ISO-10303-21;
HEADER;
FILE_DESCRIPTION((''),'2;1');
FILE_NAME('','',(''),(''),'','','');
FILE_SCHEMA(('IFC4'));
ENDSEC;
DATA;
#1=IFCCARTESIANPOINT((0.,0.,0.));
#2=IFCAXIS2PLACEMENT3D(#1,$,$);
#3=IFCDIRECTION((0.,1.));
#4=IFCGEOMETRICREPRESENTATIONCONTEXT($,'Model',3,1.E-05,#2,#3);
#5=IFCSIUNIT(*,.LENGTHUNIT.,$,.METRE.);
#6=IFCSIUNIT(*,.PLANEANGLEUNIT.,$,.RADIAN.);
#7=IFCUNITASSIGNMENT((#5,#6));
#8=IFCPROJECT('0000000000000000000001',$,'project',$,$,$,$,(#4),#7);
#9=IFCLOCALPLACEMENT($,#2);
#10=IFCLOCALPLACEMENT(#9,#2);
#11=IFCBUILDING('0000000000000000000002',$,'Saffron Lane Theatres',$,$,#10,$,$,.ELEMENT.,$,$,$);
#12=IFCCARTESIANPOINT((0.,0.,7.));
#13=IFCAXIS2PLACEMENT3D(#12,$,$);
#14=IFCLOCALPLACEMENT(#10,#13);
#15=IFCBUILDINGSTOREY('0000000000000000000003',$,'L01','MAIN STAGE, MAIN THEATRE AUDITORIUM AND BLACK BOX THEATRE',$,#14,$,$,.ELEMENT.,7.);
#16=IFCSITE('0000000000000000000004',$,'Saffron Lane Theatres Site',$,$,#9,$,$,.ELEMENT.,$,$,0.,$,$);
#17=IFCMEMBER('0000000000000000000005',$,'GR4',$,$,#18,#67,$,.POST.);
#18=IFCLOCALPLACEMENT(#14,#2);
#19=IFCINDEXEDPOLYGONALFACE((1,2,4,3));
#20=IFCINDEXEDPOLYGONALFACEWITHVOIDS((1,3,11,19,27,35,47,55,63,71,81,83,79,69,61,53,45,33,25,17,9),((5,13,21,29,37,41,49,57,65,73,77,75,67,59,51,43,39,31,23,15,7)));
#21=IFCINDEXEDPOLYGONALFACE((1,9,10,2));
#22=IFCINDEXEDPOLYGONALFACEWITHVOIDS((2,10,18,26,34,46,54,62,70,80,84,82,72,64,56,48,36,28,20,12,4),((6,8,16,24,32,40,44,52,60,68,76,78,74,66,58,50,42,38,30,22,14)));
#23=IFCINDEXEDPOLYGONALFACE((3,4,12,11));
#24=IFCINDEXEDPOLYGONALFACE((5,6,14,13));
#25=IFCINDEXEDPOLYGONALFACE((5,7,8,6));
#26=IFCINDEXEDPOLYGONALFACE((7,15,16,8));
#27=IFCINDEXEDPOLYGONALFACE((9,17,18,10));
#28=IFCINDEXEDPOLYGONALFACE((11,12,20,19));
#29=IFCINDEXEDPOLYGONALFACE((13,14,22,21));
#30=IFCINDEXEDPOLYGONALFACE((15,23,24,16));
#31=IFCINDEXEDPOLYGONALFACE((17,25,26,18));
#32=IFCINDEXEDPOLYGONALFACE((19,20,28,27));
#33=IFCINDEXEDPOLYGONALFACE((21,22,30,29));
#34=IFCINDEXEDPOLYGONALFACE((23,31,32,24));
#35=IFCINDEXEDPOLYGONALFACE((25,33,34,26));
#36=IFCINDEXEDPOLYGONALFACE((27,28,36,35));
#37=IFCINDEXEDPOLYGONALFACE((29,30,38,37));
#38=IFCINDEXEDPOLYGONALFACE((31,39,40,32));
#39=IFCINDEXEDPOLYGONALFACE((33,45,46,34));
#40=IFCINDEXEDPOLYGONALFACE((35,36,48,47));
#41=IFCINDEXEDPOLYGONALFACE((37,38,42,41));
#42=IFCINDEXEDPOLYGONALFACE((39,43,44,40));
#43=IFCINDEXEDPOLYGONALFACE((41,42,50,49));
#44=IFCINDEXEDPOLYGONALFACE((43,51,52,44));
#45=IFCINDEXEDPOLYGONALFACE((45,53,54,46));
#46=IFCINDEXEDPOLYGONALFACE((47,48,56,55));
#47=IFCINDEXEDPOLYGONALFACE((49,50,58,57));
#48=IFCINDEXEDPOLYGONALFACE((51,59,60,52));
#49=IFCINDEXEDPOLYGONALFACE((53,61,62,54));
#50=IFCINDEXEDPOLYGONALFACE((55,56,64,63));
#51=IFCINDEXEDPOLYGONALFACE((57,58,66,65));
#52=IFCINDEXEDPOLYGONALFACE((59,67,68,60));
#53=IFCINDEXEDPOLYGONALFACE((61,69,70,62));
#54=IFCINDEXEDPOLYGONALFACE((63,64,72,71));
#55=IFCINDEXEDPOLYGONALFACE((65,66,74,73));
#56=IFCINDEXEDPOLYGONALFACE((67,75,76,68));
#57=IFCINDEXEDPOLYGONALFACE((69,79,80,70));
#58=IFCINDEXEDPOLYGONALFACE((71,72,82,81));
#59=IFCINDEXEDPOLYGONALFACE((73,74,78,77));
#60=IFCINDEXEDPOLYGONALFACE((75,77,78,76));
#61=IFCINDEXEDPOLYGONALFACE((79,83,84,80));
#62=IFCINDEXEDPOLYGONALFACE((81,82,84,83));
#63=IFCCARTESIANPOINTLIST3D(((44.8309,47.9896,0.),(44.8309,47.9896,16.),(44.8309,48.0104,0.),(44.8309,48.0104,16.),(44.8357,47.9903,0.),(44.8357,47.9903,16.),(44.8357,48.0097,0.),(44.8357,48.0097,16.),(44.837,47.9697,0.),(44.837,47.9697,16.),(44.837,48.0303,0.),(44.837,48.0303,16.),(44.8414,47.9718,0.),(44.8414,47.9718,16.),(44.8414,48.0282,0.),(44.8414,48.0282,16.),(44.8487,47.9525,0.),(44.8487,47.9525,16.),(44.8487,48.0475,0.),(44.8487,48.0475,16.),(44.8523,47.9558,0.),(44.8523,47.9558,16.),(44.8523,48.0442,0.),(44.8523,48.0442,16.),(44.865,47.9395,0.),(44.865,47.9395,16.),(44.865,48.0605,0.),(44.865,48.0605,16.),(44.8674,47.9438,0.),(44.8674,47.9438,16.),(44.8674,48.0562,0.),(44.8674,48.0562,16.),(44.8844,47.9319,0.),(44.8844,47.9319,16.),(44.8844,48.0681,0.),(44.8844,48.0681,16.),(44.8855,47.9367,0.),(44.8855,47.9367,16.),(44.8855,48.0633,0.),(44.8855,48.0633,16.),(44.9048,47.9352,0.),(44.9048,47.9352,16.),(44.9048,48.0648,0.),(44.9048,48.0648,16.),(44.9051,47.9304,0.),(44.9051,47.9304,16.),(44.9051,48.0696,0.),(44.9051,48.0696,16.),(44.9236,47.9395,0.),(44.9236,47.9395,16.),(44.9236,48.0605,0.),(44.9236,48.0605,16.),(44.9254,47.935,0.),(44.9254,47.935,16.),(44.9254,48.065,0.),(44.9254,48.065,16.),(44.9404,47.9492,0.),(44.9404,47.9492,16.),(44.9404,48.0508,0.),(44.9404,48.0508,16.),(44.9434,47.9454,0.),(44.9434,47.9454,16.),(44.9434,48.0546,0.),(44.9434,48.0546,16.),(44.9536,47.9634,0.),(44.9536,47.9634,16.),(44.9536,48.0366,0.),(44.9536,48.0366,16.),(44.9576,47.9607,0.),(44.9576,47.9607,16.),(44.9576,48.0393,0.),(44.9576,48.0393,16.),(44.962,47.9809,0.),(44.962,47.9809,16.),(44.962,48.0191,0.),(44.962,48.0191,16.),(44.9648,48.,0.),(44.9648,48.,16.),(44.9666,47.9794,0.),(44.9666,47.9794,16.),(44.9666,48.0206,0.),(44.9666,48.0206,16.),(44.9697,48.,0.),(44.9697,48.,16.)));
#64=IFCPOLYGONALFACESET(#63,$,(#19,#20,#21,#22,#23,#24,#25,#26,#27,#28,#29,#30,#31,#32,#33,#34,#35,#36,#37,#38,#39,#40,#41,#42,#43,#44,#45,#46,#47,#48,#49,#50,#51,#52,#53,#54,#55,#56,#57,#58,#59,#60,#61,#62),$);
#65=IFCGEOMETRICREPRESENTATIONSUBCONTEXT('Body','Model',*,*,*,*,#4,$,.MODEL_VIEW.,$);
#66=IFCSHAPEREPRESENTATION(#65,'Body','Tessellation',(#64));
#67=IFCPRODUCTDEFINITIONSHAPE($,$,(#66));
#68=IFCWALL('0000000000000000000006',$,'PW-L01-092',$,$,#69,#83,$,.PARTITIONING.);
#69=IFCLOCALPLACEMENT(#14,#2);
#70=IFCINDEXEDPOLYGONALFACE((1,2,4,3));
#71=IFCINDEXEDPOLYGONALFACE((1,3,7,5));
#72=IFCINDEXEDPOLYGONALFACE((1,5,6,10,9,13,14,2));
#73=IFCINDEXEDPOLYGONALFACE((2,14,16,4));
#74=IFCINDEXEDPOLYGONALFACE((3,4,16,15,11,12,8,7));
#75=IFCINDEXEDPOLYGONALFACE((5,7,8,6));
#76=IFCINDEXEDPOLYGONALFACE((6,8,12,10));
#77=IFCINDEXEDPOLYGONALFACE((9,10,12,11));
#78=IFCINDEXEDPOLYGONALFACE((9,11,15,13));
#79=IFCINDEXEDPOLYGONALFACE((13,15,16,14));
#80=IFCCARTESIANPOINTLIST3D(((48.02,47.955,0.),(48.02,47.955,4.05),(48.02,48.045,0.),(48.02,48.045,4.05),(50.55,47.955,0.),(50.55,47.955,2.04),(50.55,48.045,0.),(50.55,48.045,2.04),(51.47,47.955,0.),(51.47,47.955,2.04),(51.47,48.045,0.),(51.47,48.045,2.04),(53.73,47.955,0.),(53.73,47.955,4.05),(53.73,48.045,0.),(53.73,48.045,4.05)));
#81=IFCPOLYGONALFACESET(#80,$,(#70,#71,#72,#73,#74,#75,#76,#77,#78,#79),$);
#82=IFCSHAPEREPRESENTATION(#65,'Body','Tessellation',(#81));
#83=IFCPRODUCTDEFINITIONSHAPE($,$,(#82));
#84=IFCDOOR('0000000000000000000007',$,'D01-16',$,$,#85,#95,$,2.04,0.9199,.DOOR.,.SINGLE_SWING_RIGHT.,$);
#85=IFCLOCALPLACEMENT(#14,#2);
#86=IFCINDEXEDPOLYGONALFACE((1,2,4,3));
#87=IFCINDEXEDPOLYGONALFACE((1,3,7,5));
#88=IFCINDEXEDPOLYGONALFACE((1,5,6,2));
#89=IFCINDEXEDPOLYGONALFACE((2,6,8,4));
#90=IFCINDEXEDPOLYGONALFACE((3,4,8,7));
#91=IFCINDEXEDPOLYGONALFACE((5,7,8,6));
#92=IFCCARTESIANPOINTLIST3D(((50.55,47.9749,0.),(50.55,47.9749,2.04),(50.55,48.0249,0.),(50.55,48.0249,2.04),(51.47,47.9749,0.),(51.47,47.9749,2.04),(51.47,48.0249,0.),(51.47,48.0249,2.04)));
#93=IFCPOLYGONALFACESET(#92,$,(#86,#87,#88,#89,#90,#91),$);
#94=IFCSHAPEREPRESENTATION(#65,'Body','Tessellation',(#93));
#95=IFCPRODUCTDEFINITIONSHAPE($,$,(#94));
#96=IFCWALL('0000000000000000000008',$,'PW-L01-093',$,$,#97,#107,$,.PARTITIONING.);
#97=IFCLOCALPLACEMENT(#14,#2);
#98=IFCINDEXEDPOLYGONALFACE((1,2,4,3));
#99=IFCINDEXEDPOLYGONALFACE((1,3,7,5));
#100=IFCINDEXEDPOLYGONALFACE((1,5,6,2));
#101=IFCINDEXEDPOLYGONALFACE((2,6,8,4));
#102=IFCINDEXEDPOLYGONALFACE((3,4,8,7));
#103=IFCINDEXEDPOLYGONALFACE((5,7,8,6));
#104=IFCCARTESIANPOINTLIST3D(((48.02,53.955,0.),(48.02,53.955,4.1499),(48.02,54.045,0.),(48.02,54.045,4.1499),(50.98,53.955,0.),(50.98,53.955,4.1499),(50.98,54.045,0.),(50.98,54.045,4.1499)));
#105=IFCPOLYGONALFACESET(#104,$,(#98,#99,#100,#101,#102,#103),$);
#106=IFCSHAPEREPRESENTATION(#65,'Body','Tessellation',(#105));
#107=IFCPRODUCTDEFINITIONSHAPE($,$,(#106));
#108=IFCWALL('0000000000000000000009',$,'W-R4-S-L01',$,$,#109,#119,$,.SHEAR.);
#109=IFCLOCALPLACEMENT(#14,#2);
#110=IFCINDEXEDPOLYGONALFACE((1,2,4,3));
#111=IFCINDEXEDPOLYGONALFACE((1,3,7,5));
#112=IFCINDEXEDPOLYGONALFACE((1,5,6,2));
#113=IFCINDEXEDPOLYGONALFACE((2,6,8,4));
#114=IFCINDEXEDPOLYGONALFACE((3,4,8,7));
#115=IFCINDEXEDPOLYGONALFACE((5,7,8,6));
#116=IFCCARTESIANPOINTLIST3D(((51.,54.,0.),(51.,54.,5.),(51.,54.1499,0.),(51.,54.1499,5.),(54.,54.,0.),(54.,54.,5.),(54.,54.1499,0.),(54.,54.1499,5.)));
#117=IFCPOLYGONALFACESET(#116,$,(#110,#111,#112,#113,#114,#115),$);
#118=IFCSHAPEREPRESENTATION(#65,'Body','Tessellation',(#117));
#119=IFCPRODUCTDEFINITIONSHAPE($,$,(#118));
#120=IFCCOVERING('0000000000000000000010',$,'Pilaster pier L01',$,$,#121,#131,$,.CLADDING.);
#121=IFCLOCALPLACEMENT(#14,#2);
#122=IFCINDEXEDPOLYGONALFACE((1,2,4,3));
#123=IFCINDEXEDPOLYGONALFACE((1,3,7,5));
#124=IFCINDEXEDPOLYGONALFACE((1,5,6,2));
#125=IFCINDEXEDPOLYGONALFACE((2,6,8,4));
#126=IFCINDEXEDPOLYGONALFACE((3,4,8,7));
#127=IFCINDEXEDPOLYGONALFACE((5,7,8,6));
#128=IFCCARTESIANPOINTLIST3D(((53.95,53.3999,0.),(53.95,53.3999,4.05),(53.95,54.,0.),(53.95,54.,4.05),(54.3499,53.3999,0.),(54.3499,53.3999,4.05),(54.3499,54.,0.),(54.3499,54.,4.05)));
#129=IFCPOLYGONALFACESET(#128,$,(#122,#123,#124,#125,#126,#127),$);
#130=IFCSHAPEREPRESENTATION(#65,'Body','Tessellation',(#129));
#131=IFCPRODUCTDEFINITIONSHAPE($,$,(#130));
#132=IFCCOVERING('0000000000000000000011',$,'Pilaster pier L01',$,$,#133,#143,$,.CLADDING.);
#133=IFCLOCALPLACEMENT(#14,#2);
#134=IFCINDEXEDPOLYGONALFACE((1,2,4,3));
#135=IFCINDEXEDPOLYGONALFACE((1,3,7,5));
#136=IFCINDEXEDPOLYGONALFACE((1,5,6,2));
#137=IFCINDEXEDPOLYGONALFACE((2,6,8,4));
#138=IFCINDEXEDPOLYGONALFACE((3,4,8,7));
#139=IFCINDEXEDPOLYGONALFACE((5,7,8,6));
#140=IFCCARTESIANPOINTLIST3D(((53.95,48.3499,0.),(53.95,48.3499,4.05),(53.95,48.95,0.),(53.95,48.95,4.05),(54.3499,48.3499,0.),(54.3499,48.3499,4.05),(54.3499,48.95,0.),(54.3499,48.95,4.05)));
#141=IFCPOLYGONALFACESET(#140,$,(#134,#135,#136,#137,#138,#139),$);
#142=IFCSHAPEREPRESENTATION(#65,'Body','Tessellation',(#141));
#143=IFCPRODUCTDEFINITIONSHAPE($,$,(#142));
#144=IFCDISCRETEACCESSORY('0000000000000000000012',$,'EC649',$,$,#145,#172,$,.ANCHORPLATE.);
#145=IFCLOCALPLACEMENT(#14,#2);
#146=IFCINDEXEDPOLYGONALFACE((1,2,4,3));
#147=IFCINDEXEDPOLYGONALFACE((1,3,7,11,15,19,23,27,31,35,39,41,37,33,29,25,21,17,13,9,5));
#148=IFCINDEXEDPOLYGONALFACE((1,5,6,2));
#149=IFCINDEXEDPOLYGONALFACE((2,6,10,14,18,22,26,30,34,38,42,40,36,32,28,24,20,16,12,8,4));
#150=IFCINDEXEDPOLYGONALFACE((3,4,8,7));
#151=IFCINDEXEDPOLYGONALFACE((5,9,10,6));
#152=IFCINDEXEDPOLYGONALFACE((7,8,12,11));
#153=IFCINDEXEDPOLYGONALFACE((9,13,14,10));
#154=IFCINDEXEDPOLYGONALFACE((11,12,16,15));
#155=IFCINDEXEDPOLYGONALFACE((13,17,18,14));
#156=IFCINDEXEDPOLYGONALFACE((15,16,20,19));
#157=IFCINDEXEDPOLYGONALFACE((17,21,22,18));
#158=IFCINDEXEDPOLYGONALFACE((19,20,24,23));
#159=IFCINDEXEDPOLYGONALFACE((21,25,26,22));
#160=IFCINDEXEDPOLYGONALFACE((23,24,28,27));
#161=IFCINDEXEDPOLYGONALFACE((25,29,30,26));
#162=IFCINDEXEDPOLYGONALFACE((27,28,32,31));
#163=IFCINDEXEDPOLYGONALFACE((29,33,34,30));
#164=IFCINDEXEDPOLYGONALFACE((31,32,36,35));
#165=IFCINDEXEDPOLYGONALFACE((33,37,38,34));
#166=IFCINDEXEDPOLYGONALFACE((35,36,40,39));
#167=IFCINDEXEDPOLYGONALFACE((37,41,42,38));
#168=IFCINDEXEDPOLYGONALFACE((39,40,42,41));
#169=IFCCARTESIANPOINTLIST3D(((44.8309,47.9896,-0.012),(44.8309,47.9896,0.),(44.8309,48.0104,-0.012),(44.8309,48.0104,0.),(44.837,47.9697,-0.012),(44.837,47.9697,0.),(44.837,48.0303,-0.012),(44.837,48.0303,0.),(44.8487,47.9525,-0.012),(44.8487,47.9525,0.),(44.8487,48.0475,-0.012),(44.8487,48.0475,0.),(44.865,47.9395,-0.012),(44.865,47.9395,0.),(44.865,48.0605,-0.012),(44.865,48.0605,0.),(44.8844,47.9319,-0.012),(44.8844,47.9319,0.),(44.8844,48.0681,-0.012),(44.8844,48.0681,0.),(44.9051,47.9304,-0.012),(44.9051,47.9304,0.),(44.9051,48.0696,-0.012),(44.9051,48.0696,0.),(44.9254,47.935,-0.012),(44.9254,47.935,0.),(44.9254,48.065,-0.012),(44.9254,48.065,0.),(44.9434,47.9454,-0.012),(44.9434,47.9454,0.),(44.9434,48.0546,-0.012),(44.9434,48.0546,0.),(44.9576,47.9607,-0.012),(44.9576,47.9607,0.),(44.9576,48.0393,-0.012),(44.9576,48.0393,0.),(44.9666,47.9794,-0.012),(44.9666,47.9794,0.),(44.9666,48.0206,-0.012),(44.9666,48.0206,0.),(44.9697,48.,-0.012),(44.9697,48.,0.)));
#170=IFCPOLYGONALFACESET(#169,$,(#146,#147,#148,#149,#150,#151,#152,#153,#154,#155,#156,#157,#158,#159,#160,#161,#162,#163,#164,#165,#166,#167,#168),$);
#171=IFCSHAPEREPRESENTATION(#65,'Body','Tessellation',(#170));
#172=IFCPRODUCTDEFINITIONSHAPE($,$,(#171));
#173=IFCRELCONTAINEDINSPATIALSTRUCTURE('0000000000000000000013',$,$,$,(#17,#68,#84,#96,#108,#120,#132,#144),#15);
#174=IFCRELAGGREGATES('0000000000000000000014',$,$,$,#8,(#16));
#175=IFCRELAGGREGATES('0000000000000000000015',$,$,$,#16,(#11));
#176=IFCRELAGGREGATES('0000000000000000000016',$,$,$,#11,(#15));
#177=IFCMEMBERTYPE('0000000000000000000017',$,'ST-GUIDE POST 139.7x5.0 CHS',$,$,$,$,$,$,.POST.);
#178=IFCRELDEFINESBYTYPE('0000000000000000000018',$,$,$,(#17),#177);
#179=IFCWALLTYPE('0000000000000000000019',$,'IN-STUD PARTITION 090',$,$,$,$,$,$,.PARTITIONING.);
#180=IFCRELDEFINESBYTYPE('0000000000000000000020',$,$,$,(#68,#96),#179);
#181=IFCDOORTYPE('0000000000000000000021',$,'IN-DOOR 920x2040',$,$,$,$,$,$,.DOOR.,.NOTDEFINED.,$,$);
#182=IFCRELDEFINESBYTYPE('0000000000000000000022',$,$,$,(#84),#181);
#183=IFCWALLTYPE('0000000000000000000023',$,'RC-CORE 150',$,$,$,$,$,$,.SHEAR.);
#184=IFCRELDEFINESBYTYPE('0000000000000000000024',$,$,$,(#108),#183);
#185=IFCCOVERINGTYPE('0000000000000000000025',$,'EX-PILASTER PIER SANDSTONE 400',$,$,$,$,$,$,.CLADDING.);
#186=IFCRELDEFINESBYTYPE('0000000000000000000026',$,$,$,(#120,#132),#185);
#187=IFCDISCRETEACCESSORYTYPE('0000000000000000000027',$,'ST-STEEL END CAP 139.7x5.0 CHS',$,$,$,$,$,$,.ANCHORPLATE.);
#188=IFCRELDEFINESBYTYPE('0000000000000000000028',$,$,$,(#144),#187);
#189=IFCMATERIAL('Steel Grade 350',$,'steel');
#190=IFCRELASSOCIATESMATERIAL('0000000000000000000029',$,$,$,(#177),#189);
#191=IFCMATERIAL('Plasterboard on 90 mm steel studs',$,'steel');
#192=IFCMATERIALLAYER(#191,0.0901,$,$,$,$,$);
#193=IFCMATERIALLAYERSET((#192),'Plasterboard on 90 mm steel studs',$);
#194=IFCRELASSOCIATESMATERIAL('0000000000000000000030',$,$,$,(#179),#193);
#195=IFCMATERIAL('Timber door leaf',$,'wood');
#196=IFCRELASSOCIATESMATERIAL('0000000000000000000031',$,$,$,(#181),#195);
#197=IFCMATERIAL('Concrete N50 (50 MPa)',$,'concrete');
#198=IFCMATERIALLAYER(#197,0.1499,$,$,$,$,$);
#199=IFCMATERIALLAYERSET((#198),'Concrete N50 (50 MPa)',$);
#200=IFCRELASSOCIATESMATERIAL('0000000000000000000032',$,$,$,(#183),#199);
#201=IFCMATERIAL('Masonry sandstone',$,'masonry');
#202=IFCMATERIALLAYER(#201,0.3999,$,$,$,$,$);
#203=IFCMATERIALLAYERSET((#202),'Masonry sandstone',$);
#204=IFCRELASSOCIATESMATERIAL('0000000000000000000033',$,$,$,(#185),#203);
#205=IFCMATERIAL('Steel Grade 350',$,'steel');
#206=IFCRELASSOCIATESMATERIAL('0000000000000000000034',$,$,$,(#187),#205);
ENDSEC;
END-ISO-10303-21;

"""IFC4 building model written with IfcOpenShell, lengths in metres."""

from ifc_helpers import new_model, si_unit, direction, frame, frame_2d, origin, origin_2d, place, context, subcontext, project, spatial, rectangle, circle, hollow_circle, extrude, material, layer, layer_set, material_profile, profile_set, type_object, element, fill, save


model = new_model("IFC4")

# Units and contexts
model_context = context("Model", 3, precision=1e-05, world=origin(), true_north=direction((0.0, 1.0)))
body_context = subcontext(model_context, "Body", "Model", "MODEL_VIEW")
ifc_project = project(units=[si_unit("LENGTHUNIT", "METRE"), si_unit("PLANEANGLEUNIT", "RADIAN")], contexts=[model_context])

# Site, building, storey
site_placement = place(None, origin())
site = spatial("IfcSite", under=ifc_project, at=site_placement, Name="Saffron Lane Theatres Site", CompositionType="ELEMENT", RefElevation=0.0)
building_placement = place(site_placement, origin())
building = spatial("IfcBuilding", under=site, at=building_placement, Name="Saffron Lane Theatres", CompositionType="ELEMENT")
storey_placement = place(building_placement, frame((0.0, 0.0, 7.0)))
storey = spatial("IfcBuildingStorey", under=building, at=storey_placement, Name="L01", Description="MAIN STAGE, MAIN THEATRE AUDITORIUM AND BLACK BOX THEATRE", CompositionType="ELEMENT", Elevation=7.0)

# Member
ifc_material_1 = material(Name="Steel Grade 350", Category="steel")
ifc_material_profile_1 = material_profile(ifc_material_1, hollow_circle(Radius=0.0698, WallThickness=0.0049, at=origin_2d()))
ifc_profile_set_1 = profile_set([ifc_material_profile_1], Name="Steel Grade 350")
member_type_1 = type_object("IfcMemberType", Name="ST-GUIDE POST 139.7x5.0 CHS", PredefinedType="POST", material=ifc_profile_set_1)
member_1_placement = place(storey_placement, frame((44.8999, 48.0, 0.0), z_axis=(0.0, 0.0, 1.0), x_axis=(1.0, 0.0, 0.0)))
element("IfcMember", 1, at=member_1_placement, inside=storey, type_object=member_type_1, Name="GR4", PredefinedType="POST", context=body_context, shape_type="SweptSolid", body=[
    extrude(hollow_circle(Radius=0.0698, WallThickness=0.0049, at=origin_2d()), origin(), (0.0, 0.0, 1.0), 16.0),
])

# Wall, opening, door
ifc_material_2 = material(Name="Plasterboard on 90 mm steel studs", Category="steel")
ifc_layer_1 = layer(ifc_material_2, 0.0901)
ifc_layer_set_1 = layer_set([ifc_layer_1], Name="Plasterboard on 90 mm steel studs")
wall_type_1 = type_object("IfcWallType", Name="IN-STUD PARTITION 090", PredefinedType="PARTITIONING", material=ifc_layer_set_1)
wall_1_placement = place(storey_placement, frame((48.02, 48.0, 0.0), z_axis=(0.0, 0.0, 1.0), x_axis=(1.0, 0.0, 0.0)))
wall_1 = element("IfcWall", 2, at=wall_1_placement, inside=storey, type_object=wall_type_1, Name="PW-L01-092", PredefinedType="PARTITIONING", context=body_context, shape_type="SweptSolid", body=[
    extrude(rectangle(XDim=5.71, YDim=0.0901, at=frame_2d((2.855, 0.0))), origin(), (0.0, 0.0, 1.0), 4.05),
])
opening_placement = place(wall_1_placement, frame((2.53, 0.0, 0.0)))
opening = element("IfcOpeningElement", 3, at=opening_placement, cuts=wall_1, PredefinedType="OPENING", context=body_context, shape_type="SweptSolid", body=[
    extrude(rectangle(XDim=0.9199, YDim=2.04, at=frame_2d((0.46, 1.02))), frame((0.0, 0.0552, 0.0), z_axis=(0.0, -1.0, 0.0), x_axis=(1.0, 0.0, 0.0)), (0.0, 0.0, 1.0), 0.1101),
])
ifc_material_3 = material(Name="Timber door leaf", Category="wood")
door_type = type_object("IfcDoorType", Name="IN-DOOR 920x2040", OperationType="NOTDEFINED", PredefinedType="DOOR", material=ifc_material_3)
door_placement = place(opening_placement, origin())
door = element("IfcDoor", 4, at=door_placement, inside=storey, type_object=door_type, Name="D01-16", OperationType="SINGLE_SWING_RIGHT", OverallHeight=2.04, OverallWidth=0.9199, PredefinedType="DOOR", context=body_context, shape_type="SweptSolid", body=[
    extrude(rectangle(XDim=0.9199, YDim=2.04, at=frame_2d((0.46, 1.02))), frame((0.0, 0.0249, 0.0), z_axis=(0.0, -1.0, 0.0), x_axis=(1.0, 0.0, 0.0)), (0.0, 0.0, 1.0), 0.05),
])
fill(opening, door)

# Walls
wall_2_placement = place(storey_placement, frame((48.02, 54.0, 0.0), z_axis=(0.0, 0.0, 1.0), x_axis=(1.0, 0.0, 0.0)))
element("IfcWall", 5, at=wall_2_placement, inside=storey, type_object=wall_type_1, Name="PW-L01-093", PredefinedType="PARTITIONING", context=body_context, shape_type="SweptSolid", body=[
    extrude(rectangle(XDim=2.96, YDim=0.0901, at=frame_2d((1.48, 0.0))), origin(), (0.0, 0.0, 1.0), 4.1499),
])
ifc_material_4 = material(Name="Concrete N50 (50 MPa)", Category="concrete")
ifc_layer_2 = layer(ifc_material_4, 0.1499)
ifc_layer_set_2 = layer_set([ifc_layer_2], Name="Concrete N50 (50 MPa)")
wall_type_2 = type_object("IfcWallType", Name="RC-CORE 150", PredefinedType="SHEAR", material=ifc_layer_set_2)
wall_3_placement = place(storey_placement, frame((51.0, 54.075, 0.0), z_axis=(0.0, 0.0, 1.0), x_axis=(1.0, 0.0, 0.0)))
element("IfcWall", 6, at=wall_3_placement, inside=storey, type_object=wall_type_2, Name="W-R4-S-L01", PredefinedType="SHEAR", context=body_context, shape_type="SweptSolid", body=[
    extrude(rectangle(XDim=3.0, YDim=0.1499, at=frame_2d((1.5, 0.0))), origin(), (0.0, 0.0, 1.0), 5.0),
])

# Coverings
ifc_material_5 = material(Name="Masonry sandstone", Category="masonry")
ifc_layer_3 = layer(ifc_material_5, 0.3999)
ifc_layer_set_3 = layer_set([ifc_layer_3], Name="Masonry sandstone")
covering_type = type_object("IfcCoveringType", Name="EX-PILASTER PIER SANDSTONE 400", PredefinedType="CLADDING", material=ifc_layer_set_3)
for number, where, z_axis, x_axis, name in (
    (7, (54.1499, 53.7, 0.0), (0.0, 0.0, 1.0), (0.0, -1.0, 0.0), "Pilaster pier L01"),
    (8, (54.1499, 48.6499, 0.0), (0.0, 0.0, 1.0), (0.0, -1.0, 0.0), "Pilaster pier L01"),
):
    element("IfcCovering", number, at=place(storey_placement, frame(where, z_axis=z_axis, x_axis=x_axis)), inside=storey, type_object=covering_type, Name=name, PredefinedType="CLADDING", context=body_context, shape_type="SweptSolid", body=[
        extrude(rectangle(XDim=0.6001, YDim=0.3999, at=origin_2d()), origin(), (0.0, 0.0, 1.0), 4.05),
    ])

# Discrete accessory
ifc_material_6 = material(Name="Steel Grade 350", Category="steel")
ifc_material_profile_2 = material_profile(ifc_material_6, circle(Radius=0.0698, at=origin_2d()))
ifc_profile_set_2 = profile_set([ifc_material_profile_2], Name="Steel Grade 350")
discrete_accessory_type = type_object("IfcDiscreteAccessoryType", Name="ST-STEEL END CAP 139.7x5.0 CHS", PredefinedType="ANCHORPLATE", material=ifc_profile_set_2)
discrete_accessory_placement = place(storey_placement, frame((44.8999, 48.0, -0.012), z_axis=(0.0, 0.0, 1.0), x_axis=(1.0, 0.0, 0.0)))
element("IfcDiscreteAccessory", 9, at=discrete_accessory_placement, inside=storey, type_object=discrete_accessory_type, Name="EC649", PredefinedType="ANCHORPLATE", context=body_context, shape_type="SweptSolid", body=[
    extrude(circle(Radius=0.0698, at=origin_2d()), origin(), (0.0, 0.0, 1.0), 0.012),
])

save(model, "model.ifc")
